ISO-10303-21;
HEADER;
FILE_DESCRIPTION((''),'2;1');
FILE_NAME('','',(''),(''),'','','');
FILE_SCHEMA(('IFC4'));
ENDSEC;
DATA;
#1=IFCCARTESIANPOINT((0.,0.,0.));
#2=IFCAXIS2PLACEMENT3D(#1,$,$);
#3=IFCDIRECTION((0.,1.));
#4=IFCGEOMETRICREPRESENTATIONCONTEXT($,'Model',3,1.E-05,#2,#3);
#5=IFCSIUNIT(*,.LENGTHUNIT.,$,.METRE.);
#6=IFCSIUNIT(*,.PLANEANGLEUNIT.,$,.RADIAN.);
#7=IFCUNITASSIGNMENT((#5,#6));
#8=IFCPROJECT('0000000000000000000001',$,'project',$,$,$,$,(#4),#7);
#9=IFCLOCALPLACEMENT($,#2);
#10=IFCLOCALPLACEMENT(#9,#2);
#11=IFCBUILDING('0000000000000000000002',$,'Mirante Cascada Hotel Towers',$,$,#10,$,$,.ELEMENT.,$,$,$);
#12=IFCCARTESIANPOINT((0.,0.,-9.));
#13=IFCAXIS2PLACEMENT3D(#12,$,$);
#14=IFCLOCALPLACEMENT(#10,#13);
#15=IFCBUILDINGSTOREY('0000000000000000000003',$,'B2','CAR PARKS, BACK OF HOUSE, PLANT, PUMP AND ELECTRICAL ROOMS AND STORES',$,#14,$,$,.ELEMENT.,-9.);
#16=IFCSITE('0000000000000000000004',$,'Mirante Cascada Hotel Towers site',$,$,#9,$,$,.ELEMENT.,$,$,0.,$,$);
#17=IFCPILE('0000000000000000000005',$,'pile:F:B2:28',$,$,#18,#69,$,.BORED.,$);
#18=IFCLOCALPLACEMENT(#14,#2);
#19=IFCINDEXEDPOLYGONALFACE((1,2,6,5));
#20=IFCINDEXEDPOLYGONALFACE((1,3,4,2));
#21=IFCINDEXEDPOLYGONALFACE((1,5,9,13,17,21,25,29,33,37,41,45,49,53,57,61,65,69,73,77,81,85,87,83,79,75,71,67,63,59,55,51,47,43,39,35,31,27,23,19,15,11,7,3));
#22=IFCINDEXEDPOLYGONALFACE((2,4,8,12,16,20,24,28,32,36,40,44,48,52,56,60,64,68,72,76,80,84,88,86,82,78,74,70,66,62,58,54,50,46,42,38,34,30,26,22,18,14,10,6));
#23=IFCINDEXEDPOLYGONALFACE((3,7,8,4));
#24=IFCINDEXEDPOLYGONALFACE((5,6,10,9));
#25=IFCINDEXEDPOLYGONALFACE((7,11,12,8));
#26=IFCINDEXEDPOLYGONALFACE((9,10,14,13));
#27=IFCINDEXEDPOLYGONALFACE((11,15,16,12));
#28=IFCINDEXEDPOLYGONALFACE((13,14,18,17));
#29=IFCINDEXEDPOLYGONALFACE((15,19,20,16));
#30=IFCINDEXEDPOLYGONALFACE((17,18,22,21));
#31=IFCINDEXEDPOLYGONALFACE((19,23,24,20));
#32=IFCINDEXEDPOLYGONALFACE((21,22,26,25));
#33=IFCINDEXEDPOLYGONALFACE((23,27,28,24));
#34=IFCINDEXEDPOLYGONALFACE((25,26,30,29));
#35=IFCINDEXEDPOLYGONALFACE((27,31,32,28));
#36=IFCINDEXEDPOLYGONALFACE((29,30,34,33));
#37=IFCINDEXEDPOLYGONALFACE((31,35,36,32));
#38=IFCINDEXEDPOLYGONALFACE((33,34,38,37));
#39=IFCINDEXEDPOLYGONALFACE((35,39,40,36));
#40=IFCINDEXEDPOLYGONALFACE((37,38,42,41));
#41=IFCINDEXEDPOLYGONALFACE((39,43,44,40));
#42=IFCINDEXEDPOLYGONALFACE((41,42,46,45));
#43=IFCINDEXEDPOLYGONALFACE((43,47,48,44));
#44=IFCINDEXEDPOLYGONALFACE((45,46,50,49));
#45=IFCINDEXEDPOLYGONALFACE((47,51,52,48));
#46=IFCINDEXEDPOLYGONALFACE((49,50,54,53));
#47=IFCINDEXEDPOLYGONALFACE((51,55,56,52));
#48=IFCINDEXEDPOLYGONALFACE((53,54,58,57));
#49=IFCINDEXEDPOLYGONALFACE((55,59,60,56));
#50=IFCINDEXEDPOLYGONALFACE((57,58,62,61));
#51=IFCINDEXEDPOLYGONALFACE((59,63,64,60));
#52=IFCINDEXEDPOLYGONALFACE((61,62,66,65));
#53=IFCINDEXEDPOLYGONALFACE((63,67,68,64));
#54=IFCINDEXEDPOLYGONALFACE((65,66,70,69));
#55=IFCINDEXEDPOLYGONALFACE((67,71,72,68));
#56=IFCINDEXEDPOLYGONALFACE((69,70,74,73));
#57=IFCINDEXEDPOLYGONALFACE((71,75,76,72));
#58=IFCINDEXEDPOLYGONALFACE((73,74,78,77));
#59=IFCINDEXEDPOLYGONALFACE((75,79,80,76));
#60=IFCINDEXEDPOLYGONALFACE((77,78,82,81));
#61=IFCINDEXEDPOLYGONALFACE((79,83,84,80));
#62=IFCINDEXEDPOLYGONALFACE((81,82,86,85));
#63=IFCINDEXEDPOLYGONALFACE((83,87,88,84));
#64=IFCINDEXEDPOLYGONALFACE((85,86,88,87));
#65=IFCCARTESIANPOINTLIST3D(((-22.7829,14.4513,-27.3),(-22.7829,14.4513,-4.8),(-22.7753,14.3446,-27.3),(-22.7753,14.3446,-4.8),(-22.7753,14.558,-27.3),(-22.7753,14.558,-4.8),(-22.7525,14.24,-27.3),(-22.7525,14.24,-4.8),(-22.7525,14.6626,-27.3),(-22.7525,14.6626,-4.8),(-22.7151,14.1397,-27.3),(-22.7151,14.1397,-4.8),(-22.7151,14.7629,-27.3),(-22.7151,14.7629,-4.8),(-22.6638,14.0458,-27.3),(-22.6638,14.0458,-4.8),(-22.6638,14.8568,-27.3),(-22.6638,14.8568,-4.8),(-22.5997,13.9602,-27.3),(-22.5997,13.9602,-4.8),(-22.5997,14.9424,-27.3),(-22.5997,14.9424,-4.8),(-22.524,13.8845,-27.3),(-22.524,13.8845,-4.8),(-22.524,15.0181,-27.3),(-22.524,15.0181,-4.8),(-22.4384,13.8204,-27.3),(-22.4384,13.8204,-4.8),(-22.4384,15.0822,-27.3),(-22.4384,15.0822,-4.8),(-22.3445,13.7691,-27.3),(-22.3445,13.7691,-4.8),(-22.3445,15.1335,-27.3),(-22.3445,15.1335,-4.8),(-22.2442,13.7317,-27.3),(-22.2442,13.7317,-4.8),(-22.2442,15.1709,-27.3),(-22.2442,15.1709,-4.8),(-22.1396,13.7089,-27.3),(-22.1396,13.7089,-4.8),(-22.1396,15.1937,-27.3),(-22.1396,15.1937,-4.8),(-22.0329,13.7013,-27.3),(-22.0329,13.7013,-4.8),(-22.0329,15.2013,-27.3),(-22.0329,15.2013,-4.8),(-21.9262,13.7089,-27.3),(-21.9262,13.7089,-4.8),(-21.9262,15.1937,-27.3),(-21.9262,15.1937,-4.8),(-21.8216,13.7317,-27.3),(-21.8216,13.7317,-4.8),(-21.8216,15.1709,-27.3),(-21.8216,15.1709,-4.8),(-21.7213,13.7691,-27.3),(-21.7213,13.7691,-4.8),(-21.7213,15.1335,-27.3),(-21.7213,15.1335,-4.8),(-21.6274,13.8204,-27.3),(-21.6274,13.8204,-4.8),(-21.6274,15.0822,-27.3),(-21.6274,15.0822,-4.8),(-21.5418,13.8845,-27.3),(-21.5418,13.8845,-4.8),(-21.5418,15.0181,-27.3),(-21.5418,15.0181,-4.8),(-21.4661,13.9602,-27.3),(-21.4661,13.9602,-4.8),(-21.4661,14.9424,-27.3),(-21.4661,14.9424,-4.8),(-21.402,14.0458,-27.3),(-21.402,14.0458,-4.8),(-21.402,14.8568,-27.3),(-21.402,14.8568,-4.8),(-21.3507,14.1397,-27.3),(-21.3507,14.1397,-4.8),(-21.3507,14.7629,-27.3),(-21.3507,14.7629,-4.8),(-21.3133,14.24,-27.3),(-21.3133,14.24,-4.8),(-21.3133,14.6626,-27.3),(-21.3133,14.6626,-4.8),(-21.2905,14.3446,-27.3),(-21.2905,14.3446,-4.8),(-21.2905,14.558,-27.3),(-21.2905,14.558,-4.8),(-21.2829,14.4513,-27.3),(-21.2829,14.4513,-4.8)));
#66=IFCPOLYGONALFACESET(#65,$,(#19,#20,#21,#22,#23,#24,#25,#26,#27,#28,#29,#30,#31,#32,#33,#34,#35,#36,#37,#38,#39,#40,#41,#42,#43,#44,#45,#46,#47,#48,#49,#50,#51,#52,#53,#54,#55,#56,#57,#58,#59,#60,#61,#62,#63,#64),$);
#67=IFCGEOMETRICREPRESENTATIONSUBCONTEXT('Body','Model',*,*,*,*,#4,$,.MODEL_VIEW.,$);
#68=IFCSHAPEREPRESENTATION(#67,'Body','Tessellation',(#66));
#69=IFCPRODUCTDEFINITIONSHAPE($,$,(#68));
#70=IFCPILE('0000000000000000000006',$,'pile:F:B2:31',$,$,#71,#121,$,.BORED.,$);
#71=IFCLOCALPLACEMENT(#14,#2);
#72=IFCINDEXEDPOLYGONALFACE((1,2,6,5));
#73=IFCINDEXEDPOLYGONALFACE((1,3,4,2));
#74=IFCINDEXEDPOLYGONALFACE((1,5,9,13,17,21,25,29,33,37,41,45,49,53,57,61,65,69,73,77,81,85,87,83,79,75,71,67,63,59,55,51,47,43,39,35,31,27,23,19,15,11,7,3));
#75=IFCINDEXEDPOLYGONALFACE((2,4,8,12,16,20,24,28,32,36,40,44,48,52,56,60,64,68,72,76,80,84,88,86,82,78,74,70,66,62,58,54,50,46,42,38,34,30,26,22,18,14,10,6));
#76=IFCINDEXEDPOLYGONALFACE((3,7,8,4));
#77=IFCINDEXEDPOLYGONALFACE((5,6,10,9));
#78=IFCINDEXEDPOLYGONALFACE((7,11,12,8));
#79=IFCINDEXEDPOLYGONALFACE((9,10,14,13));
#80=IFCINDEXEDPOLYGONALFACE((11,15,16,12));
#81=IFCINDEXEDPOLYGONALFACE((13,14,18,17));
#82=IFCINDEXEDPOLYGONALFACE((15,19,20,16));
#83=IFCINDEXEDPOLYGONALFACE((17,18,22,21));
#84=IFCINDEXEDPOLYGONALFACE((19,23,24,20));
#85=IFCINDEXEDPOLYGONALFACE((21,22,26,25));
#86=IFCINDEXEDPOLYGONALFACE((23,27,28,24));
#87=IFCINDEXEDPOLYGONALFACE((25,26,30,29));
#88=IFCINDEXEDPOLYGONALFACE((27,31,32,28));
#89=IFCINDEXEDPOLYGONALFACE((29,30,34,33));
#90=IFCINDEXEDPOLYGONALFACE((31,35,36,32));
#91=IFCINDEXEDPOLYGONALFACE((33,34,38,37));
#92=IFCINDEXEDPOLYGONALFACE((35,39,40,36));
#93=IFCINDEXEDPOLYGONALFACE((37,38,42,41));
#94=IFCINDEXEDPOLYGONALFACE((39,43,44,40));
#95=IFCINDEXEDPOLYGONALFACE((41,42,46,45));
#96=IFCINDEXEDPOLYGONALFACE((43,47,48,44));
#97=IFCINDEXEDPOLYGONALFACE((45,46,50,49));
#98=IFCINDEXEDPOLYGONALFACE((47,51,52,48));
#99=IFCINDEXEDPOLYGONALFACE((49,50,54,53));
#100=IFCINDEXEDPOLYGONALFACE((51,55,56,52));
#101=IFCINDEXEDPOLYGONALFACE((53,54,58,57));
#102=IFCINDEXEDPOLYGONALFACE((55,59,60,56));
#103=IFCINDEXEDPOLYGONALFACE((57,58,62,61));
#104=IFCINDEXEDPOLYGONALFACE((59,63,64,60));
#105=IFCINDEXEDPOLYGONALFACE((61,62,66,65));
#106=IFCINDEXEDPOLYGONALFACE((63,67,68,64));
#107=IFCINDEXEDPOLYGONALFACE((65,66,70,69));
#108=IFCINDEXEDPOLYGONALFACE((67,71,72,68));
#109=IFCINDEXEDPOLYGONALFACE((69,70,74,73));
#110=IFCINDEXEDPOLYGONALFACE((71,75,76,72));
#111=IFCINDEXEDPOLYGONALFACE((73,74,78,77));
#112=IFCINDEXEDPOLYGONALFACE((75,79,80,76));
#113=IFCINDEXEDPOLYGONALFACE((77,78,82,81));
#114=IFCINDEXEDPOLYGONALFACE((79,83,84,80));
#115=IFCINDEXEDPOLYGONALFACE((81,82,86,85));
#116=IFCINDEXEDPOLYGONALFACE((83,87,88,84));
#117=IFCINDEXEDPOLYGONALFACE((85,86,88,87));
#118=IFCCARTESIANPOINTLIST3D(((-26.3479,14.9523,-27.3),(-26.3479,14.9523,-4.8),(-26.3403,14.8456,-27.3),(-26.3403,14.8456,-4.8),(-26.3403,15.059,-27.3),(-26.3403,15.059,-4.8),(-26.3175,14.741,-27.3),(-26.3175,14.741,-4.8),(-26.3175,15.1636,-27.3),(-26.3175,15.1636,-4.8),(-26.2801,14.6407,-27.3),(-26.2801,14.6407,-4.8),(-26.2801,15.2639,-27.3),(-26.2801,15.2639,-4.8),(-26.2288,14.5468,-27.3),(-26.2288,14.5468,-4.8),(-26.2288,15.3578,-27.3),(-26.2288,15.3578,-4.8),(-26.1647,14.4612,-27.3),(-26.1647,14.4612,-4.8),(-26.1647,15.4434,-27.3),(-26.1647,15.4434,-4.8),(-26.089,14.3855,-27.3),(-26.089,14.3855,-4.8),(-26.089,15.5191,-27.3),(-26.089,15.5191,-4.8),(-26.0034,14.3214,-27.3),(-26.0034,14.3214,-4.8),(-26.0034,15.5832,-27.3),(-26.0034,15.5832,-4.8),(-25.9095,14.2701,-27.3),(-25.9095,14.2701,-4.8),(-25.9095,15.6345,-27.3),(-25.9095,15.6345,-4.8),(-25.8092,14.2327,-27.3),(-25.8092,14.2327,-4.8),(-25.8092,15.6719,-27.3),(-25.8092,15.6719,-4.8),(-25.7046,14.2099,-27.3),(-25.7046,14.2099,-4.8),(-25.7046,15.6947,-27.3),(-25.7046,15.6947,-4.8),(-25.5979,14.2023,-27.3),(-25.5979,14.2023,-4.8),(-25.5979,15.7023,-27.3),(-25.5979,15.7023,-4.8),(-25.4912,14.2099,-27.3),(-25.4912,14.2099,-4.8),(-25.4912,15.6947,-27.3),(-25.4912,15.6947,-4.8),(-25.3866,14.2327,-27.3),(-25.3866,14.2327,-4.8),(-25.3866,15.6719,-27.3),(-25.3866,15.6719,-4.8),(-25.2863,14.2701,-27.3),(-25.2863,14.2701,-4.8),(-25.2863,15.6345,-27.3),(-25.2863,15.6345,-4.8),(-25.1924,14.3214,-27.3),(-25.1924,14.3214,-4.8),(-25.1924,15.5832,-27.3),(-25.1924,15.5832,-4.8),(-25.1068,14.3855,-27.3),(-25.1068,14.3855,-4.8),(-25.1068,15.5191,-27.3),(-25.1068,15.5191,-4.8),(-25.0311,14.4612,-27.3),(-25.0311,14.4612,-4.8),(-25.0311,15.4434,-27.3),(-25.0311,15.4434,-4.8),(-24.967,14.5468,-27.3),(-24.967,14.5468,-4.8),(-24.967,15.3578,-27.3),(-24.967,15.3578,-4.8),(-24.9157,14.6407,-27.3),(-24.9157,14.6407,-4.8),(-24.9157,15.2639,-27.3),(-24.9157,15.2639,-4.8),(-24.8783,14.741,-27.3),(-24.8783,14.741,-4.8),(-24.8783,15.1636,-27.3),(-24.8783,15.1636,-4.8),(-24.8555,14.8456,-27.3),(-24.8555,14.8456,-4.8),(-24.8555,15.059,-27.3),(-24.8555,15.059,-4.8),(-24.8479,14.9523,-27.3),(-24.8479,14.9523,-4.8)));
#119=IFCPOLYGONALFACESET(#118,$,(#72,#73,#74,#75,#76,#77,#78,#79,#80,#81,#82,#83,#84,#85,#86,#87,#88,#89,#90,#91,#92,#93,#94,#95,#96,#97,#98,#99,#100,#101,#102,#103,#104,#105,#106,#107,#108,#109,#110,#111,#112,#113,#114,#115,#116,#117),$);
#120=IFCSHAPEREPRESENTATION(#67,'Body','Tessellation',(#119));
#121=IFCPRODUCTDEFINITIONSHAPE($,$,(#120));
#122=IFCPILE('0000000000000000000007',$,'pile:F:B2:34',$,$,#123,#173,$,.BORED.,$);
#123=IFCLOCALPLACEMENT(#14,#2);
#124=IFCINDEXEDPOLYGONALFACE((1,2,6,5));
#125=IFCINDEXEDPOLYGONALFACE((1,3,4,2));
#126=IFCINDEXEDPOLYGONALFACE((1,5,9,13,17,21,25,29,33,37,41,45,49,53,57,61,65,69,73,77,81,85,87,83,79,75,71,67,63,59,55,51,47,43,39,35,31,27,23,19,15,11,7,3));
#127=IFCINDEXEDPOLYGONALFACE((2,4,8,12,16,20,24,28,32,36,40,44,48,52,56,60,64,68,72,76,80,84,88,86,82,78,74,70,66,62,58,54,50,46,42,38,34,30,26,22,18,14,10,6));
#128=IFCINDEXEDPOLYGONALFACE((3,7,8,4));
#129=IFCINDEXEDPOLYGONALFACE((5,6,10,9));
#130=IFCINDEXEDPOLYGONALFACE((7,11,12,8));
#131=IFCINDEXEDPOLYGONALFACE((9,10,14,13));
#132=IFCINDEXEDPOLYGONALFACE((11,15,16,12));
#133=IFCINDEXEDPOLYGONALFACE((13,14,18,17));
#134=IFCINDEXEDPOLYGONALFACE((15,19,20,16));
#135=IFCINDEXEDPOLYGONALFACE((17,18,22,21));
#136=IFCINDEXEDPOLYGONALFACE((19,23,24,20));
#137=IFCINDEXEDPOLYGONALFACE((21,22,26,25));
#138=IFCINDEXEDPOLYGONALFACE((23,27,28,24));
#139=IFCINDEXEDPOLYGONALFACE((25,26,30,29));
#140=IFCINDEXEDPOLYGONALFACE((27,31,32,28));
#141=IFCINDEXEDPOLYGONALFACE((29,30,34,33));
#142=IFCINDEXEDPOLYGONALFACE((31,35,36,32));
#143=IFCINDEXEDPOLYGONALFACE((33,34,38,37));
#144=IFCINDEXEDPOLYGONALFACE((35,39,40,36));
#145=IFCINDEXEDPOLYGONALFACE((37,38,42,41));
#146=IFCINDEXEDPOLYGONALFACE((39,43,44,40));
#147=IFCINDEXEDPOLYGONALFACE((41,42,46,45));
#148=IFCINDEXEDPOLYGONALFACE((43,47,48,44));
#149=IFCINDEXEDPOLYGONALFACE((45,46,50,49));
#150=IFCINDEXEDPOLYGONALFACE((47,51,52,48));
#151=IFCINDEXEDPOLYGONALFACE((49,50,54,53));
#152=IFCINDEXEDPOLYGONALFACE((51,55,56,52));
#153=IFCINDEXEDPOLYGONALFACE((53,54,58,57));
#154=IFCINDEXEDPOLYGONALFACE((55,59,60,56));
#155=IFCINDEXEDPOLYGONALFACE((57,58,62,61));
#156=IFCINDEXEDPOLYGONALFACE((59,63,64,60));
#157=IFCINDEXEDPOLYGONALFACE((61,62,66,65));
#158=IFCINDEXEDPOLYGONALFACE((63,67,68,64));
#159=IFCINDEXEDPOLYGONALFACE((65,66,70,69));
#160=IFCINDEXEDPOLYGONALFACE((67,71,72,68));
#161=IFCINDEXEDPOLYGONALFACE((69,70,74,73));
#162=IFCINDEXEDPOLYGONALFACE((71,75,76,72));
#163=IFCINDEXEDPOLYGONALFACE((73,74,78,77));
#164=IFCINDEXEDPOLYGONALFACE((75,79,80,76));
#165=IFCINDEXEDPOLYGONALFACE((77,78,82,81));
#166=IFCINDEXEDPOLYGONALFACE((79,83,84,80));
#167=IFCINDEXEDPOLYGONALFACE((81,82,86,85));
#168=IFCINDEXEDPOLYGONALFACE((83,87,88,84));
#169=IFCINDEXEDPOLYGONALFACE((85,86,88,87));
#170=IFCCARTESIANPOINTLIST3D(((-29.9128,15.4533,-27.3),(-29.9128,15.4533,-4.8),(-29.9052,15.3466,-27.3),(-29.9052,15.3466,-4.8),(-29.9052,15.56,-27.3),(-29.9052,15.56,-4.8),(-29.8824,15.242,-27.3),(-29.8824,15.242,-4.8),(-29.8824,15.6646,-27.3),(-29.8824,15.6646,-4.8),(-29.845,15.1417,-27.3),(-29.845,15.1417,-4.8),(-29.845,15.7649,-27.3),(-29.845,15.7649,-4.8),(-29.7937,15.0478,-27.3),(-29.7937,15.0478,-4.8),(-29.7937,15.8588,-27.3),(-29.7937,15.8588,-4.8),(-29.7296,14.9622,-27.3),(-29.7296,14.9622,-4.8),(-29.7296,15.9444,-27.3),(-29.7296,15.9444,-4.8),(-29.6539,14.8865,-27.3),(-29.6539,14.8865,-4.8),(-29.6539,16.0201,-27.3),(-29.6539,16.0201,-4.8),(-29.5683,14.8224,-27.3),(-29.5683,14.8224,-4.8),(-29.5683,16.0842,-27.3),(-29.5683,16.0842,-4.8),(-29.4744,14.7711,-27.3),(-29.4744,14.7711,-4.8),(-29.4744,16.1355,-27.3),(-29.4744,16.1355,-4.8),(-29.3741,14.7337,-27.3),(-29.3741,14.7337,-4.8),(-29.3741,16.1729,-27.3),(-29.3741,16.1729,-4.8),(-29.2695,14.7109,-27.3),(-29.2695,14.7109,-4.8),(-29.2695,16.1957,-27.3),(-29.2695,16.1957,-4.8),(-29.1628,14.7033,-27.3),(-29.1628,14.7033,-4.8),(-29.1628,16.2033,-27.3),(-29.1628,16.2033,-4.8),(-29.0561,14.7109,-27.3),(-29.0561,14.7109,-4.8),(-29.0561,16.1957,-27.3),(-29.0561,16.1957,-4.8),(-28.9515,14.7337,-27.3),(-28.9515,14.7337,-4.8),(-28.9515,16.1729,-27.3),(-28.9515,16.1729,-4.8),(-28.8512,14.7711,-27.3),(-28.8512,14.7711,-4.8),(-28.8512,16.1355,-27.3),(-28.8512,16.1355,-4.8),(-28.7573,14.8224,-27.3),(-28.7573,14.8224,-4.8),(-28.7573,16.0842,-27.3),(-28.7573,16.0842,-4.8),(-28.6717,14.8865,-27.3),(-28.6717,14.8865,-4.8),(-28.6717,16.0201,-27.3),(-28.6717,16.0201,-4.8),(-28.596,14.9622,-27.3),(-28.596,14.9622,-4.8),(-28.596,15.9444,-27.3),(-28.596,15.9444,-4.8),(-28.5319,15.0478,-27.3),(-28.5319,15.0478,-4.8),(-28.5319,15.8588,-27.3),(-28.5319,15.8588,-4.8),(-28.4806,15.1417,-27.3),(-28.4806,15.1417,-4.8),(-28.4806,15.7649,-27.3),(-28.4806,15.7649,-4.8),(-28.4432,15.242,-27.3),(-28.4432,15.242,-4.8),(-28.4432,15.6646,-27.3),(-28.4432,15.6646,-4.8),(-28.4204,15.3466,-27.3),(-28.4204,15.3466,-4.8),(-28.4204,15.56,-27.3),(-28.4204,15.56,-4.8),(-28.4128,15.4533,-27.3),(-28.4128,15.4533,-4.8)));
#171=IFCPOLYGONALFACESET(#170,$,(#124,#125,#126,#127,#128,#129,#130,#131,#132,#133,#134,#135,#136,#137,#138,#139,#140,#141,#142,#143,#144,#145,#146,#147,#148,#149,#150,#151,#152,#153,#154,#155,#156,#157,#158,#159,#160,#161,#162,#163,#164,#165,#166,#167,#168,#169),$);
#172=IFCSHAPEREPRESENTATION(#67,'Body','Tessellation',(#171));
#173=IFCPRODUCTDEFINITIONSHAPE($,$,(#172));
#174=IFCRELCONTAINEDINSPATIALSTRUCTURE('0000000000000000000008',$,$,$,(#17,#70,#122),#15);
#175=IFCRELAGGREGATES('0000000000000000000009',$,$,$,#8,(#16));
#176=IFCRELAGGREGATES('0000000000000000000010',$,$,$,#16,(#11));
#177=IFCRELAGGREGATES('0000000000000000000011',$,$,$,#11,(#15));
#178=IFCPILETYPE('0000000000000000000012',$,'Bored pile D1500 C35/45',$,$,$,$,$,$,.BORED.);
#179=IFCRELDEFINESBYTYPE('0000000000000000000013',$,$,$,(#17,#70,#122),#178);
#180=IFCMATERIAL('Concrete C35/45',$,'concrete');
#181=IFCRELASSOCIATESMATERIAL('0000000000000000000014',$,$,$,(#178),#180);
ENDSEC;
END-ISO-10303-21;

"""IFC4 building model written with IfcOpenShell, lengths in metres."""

from ifc_helpers import new_model, si_unit, direction, frame, origin, origin_2d, place, context, subcontext, project, spatial, circle, extrude, material, material_profile, profile_set, type_object, element, save


model = new_model("IFC4")

# Units and contexts
model_context = context("Model", 3, precision=1e-05, world=origin(), true_north=direction((0.0, 1.0)))
body_context = subcontext(model_context, "Body", "Model", "MODEL_VIEW")
ifc_project = project(units=[si_unit("LENGTHUNIT", "METRE"), si_unit("PLANEANGLEUNIT", "RADIAN")], contexts=[model_context])

# Site, building, storey
site_placement = place(None, origin())
site = spatial("IfcSite", under=ifc_project, at=site_placement, Name="Mirante Cascada Hotel Towers site", CompositionType="ELEMENT", RefElevation=0.0)
building_placement = place(site_placement, origin())
building = spatial("IfcBuilding", under=site, at=building_placement, Name="Mirante Cascada Hotel Towers", CompositionType="ELEMENT")
storey_placement = place(building_placement, frame((0.0, 0.0, -9.0)))
storey = spatial("IfcBuildingStorey", under=building, at=storey_placement, Name="B2", Description="CAR PARKS, BACK OF HOUSE, PLANT, PUMP AND ELECTRICAL ROOMS AND STORES", CompositionType="ELEMENT", Elevation=-9.0)

# Piles
ifc_material_1 = material(Name="Concrete C35/45", Category="concrete")
ifc_material_profile_1 = material_profile(ifc_material_1, circle(Radius=0.75, at=origin_2d()), Name="RC D1500")
ifc_profile_set_1 = profile_set([ifc_material_profile_1], Name="Concrete C35/45")
pile_type = type_object("IfcPileType", Name="Bored pile D1500 C35/45", PredefinedType="BORED", material=ifc_profile_set_1)
for number, where, z_axis, x_axis, name in (
    (1, (-22.0329, 14.4513, -4.8), (0.0, 0.0, -1.0), (1.0, 0.0, 0.0), "pile:F:B2:28"),
    (2, (-25.5979, 14.9523, -4.8), (0.0, 0.0, -1.0), (1.0, 0.0, 0.0), "pile:F:B2:31"),
    (3, (-29.1628, 15.4533, -4.8), (0.0, 0.0, -1.0), (1.0, 0.0, 0.0), "pile:F:B2:34"),
):
    element("IfcPile", number, at=place(storey_placement, frame(where, z_axis=z_axis, x_axis=x_axis)), inside=storey, type_object=pile_type, Name=name, PredefinedType="BORED", context=body_context, shape_type="SweptSolid", body=[
        extrude(circle(Radius=0.75, at=origin_2d()), origin(), (0.0, 0.0, 1.0), 22.5),
    ])

save(model, "model.ifc")
